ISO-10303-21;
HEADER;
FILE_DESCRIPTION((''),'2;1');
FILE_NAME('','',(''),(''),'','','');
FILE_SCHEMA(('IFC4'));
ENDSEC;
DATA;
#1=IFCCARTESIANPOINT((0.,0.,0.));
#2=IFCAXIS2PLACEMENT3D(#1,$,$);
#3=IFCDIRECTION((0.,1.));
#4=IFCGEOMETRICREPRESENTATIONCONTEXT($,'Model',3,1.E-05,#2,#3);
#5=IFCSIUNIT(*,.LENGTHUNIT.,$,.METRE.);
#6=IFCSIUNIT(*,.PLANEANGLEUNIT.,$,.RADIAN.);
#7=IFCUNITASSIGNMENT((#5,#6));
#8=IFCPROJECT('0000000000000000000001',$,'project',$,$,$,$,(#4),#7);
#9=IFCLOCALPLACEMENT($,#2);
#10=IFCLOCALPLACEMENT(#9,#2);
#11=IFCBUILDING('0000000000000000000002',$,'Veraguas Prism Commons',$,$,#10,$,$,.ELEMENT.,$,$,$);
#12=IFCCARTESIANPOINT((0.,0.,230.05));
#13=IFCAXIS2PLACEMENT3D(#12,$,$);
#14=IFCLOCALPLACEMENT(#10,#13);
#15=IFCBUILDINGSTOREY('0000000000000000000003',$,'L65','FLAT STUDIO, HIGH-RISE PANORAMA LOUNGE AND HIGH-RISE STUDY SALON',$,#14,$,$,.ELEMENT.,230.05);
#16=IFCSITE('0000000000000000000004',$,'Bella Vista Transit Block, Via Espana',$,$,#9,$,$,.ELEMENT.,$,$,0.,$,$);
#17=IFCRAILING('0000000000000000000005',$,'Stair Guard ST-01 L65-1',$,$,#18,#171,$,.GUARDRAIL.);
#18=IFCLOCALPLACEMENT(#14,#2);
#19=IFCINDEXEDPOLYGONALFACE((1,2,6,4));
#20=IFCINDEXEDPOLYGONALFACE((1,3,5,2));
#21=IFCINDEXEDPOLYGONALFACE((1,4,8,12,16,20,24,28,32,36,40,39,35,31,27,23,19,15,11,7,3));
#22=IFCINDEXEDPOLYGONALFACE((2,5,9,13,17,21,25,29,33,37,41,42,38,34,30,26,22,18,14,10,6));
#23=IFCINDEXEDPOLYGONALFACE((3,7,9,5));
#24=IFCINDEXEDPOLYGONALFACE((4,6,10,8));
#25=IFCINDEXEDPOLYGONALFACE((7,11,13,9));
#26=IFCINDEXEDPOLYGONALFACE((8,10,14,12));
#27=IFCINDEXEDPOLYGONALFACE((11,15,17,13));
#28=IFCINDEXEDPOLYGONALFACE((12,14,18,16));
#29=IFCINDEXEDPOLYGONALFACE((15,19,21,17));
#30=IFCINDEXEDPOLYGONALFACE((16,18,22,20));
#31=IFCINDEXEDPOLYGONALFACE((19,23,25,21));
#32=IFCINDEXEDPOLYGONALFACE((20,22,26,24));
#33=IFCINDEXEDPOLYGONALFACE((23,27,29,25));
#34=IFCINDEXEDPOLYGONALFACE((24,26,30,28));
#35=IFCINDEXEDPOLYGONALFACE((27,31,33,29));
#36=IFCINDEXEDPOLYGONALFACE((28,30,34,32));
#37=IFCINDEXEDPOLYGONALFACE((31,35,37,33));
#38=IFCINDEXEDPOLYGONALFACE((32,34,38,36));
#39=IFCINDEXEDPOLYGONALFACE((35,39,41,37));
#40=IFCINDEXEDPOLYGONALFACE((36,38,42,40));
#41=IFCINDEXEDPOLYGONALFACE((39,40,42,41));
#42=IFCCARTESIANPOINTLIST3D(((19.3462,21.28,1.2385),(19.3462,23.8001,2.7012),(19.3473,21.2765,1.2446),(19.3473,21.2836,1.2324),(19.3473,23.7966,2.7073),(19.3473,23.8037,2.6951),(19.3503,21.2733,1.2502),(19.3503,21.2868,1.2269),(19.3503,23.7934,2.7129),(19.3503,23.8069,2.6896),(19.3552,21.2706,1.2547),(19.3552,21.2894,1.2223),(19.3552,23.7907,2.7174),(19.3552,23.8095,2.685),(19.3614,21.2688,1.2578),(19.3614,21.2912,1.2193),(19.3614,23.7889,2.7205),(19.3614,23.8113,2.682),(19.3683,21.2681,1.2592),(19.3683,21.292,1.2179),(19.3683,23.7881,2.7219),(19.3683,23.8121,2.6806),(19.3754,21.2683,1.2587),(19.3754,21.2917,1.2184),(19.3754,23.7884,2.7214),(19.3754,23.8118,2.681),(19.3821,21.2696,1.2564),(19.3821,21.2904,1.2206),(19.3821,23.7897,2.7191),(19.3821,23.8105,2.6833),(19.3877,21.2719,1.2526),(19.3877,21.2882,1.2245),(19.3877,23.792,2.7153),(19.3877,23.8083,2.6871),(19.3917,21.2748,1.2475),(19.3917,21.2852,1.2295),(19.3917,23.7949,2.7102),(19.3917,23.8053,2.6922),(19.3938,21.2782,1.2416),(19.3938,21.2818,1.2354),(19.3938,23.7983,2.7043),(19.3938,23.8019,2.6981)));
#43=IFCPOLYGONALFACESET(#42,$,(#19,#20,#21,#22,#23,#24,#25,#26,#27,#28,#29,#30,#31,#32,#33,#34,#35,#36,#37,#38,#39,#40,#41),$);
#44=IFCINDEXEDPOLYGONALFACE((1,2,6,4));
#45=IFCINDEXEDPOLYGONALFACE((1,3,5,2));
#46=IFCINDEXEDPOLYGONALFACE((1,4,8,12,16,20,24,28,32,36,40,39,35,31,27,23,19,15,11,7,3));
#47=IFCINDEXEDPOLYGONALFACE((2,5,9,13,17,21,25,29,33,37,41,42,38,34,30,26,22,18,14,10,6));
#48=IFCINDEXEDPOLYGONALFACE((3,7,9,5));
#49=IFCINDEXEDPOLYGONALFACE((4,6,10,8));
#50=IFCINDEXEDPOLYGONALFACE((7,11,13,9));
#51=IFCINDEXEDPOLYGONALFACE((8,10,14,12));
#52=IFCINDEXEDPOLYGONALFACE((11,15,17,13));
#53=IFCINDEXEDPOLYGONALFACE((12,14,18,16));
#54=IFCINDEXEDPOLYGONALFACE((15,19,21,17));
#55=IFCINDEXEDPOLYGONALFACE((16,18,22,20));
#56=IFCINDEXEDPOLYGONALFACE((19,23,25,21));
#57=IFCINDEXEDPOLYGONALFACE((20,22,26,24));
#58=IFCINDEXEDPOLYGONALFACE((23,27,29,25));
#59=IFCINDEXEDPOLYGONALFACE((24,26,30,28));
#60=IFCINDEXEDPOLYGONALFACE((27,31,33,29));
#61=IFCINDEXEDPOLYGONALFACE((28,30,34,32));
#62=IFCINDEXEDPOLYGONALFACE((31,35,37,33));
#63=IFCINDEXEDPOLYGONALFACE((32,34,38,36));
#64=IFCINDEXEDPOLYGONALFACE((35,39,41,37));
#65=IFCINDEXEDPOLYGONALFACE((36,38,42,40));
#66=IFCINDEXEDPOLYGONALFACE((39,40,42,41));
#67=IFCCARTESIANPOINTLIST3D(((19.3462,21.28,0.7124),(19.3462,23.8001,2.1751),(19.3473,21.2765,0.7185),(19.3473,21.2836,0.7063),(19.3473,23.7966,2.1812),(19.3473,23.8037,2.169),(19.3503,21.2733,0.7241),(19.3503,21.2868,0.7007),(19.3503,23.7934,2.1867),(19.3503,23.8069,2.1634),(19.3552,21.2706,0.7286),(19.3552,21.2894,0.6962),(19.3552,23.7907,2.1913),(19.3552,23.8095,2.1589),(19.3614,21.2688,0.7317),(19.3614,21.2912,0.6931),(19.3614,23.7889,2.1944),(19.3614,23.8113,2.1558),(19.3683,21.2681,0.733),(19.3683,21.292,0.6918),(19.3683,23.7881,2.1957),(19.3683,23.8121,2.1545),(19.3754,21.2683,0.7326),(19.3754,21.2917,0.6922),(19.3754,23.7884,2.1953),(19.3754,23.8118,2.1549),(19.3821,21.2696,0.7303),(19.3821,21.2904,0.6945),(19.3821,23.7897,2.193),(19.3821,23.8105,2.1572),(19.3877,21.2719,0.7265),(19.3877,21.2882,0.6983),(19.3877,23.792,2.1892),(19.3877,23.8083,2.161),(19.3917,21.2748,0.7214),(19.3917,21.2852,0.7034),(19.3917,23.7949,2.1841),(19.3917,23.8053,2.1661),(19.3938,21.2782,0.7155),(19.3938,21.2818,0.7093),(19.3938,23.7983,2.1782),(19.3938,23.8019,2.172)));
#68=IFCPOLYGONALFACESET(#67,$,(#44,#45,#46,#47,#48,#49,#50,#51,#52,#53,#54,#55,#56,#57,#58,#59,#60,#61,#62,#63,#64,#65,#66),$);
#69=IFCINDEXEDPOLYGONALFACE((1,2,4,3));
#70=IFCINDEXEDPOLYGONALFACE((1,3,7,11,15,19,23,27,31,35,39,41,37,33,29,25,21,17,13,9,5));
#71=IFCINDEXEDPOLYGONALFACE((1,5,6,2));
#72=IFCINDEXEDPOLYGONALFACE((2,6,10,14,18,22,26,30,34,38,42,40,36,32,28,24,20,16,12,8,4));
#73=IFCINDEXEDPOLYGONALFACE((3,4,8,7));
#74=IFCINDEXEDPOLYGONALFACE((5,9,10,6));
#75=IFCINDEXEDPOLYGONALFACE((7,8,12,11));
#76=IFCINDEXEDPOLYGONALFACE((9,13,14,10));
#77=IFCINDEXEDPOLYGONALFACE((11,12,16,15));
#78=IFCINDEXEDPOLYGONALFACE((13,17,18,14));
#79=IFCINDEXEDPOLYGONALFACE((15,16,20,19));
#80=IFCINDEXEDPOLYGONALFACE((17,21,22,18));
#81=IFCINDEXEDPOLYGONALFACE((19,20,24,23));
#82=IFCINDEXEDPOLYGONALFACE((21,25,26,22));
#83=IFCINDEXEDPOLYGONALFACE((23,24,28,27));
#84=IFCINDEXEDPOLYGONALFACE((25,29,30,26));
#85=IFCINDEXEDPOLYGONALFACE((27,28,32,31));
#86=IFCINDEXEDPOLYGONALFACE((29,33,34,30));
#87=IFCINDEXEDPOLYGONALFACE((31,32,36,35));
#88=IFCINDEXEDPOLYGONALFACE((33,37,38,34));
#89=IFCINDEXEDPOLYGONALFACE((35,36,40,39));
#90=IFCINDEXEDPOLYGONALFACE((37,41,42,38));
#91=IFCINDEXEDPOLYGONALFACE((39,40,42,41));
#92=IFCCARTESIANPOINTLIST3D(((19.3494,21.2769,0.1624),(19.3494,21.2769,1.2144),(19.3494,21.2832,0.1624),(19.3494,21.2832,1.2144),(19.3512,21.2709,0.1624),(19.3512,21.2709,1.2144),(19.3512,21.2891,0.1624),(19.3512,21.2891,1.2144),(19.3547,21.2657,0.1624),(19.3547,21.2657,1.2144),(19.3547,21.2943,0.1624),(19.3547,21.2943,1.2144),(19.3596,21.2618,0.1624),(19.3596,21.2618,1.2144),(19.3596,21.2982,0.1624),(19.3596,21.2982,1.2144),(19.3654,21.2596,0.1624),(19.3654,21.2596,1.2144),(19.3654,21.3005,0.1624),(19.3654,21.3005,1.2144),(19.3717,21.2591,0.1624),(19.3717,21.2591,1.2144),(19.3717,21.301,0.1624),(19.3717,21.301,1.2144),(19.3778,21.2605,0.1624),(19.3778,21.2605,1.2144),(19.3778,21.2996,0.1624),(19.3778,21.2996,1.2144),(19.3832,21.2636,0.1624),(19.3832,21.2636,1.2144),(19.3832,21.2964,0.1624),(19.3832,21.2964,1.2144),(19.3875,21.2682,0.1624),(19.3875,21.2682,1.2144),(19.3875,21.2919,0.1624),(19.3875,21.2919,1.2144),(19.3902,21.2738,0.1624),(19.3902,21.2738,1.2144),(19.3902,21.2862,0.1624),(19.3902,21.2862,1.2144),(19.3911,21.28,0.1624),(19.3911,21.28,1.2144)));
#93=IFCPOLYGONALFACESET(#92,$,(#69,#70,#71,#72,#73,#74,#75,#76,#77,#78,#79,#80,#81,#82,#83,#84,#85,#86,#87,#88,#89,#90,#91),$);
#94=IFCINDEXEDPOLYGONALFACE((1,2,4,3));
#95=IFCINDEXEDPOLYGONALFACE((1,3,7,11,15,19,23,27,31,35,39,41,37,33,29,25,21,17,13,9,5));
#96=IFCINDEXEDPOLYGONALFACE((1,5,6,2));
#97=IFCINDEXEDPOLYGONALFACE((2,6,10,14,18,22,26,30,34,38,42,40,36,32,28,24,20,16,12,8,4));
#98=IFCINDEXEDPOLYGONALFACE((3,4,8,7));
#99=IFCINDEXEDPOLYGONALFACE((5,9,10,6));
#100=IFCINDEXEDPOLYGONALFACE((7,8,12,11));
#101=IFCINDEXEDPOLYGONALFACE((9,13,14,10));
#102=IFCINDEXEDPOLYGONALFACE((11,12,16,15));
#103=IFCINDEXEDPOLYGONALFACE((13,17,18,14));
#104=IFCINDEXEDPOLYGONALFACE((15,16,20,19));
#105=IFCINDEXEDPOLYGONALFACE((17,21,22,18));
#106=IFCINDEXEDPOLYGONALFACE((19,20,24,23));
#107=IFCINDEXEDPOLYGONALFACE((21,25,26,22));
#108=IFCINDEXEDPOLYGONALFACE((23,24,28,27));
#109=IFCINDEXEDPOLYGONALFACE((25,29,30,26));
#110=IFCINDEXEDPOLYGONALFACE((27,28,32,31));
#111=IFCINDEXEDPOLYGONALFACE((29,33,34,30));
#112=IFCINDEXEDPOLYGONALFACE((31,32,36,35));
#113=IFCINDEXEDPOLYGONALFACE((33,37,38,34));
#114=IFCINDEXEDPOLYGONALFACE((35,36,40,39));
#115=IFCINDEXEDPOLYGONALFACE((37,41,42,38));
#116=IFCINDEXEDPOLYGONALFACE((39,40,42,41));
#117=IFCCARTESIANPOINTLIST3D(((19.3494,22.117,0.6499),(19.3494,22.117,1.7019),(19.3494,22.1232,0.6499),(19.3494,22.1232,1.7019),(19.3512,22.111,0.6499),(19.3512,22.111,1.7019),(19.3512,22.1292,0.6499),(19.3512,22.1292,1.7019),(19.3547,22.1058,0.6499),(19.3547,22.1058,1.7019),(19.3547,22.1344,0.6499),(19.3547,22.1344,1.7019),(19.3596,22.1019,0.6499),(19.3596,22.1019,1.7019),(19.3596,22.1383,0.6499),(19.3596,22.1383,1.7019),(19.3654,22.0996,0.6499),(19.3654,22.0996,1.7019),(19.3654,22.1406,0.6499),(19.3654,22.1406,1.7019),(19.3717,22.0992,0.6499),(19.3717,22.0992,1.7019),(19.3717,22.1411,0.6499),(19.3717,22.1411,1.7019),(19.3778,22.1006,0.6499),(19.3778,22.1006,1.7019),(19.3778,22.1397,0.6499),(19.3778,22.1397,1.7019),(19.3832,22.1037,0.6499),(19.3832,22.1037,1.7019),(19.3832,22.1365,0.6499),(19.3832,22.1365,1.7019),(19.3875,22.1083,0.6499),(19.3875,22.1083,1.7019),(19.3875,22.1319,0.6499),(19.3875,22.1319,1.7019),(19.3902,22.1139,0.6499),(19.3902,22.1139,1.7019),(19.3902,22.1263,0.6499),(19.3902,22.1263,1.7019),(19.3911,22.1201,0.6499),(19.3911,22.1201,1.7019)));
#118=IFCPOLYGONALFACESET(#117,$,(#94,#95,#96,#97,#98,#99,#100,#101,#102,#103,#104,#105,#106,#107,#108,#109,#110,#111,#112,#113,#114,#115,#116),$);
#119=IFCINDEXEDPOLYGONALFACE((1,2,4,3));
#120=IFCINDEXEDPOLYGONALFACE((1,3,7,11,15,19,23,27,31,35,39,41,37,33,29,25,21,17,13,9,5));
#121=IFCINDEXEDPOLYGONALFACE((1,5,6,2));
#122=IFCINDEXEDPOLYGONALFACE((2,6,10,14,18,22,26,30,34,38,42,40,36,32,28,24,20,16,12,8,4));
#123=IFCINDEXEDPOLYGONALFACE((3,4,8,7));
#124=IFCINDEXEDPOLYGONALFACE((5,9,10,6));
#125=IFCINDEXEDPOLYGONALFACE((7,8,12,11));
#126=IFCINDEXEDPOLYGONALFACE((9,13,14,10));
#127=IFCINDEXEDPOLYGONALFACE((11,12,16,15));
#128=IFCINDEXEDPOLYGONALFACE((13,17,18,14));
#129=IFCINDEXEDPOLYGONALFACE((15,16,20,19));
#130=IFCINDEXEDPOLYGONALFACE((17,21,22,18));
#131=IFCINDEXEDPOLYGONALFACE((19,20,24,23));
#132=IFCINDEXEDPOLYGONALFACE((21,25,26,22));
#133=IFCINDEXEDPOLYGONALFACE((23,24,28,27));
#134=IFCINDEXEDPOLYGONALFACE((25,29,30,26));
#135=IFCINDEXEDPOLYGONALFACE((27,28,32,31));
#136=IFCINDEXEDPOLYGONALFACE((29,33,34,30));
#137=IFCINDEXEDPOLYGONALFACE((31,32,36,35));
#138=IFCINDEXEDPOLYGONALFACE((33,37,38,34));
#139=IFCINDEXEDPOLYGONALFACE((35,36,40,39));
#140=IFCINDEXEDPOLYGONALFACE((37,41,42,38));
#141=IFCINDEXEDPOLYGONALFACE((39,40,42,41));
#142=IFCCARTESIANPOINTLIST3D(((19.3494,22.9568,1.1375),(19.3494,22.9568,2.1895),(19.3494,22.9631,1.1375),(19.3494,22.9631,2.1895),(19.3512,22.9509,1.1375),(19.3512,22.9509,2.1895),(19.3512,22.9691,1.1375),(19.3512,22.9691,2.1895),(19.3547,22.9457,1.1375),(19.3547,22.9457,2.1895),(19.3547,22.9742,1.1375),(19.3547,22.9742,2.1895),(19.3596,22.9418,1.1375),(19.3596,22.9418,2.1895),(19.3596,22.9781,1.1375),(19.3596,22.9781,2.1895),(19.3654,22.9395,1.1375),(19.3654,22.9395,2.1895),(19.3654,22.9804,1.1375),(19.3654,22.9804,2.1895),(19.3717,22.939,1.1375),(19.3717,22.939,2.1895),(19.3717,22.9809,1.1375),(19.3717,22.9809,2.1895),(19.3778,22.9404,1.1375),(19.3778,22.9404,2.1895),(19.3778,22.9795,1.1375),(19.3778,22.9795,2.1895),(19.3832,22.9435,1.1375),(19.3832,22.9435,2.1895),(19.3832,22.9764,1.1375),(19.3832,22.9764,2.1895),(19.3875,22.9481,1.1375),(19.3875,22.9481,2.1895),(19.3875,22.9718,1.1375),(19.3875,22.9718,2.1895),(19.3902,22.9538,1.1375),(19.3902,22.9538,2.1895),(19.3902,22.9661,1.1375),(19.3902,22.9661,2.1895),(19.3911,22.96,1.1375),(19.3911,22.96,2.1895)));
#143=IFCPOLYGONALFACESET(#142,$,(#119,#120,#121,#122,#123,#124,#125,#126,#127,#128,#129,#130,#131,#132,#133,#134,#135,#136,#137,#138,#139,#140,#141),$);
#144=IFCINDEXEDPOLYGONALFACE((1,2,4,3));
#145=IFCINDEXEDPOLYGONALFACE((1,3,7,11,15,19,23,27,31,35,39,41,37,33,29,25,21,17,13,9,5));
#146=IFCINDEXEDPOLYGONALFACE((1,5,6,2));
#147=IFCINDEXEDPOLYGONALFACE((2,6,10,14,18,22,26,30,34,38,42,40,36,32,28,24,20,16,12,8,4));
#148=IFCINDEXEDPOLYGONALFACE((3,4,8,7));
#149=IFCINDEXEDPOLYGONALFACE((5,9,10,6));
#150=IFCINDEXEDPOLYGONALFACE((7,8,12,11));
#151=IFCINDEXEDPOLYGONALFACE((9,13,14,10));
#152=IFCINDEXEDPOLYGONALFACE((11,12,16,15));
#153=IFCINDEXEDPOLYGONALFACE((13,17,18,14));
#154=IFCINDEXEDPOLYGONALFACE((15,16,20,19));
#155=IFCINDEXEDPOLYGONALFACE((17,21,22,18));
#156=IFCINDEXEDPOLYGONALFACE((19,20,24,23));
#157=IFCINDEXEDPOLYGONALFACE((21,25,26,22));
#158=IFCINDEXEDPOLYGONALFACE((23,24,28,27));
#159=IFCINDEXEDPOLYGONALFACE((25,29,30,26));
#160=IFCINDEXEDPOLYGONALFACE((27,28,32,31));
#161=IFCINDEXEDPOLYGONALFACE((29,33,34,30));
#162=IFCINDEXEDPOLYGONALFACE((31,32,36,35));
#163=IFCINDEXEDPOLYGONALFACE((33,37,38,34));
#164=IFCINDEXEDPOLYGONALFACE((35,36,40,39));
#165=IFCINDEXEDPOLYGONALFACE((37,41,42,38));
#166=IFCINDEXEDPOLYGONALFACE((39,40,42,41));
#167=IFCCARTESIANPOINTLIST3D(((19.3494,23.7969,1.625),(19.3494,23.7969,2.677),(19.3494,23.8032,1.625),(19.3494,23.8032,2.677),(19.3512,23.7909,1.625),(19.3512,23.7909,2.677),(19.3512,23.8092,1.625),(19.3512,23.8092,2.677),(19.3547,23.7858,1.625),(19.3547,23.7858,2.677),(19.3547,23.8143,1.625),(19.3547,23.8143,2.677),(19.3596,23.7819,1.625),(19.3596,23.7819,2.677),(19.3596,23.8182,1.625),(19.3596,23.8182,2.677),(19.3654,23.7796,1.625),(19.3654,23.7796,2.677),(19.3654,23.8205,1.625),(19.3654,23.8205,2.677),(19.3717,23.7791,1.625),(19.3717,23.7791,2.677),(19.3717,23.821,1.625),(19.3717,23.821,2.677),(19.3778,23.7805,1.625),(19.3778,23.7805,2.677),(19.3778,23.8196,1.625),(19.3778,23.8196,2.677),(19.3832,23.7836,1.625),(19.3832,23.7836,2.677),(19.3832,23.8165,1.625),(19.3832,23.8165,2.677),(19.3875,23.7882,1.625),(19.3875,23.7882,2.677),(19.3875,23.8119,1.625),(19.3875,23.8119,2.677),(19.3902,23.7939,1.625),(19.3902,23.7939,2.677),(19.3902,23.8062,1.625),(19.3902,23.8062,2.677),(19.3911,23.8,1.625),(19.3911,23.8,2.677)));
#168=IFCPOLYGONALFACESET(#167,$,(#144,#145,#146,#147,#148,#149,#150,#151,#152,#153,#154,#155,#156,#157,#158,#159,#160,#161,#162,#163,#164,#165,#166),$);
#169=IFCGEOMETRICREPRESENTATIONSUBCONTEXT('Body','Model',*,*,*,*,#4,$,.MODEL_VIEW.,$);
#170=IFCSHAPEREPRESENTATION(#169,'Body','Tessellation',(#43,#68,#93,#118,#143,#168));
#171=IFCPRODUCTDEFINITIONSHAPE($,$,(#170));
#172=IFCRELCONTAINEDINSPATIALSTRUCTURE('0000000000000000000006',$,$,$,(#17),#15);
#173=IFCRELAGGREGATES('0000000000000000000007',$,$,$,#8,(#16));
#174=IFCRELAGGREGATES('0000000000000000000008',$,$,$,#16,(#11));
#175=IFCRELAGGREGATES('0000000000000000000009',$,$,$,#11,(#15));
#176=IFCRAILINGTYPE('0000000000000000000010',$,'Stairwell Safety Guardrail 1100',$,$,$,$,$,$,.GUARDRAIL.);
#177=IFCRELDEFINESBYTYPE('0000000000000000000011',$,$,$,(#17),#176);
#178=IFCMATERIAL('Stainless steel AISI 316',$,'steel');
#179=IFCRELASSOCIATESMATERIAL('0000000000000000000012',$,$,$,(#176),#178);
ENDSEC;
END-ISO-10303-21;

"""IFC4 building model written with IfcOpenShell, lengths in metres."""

from ifc_helpers import new_model, si_unit, direction, frame, origin, origin_2d, place, context, subcontext, project, spatial, circle, extrude, material, type_object, element, save


model = new_model("IFC4")

# Units and contexts
model_context = context("Model", 3, precision=1e-05, world=origin(), true_north=direction((0.0, 1.0)))
body_context = subcontext(model_context, "Body", "Model", "MODEL_VIEW")
ifc_project = project(units=[si_unit("LENGTHUNIT", "METRE"), si_unit("PLANEANGLEUNIT", "RADIAN")], contexts=[model_context])

# Site, building, storey
site_placement = place(None, origin())
site = spatial("IfcSite", under=ifc_project, at=site_placement, Name="Bella Vista Transit Block, Via Espana", CompositionType="ELEMENT", RefElevation=0.0)
building_placement = place(site_placement, origin())
building = spatial("IfcBuilding", under=site, at=building_placement, Name="Veraguas Prism Commons", CompositionType="ELEMENT")
storey_placement = place(building_placement, frame((0.0, 0.0, 230.05)))
storey = spatial("IfcBuildingStorey", under=building, at=storey_placement, Name="L65", Description="FLAT STUDIO, HIGH-RISE PANORAMA LOUNGE AND HIGH-RISE STUDY SALON", CompositionType="ELEMENT", Elevation=230.05)

# Railing
ifc_material_1 = material(Name="Stainless steel AISI 316", Category="steel")
railing_type_1 = type_object("IfcRailingType", Name="Stairwell Safety Guardrail 1100", PredefinedType="GUARDRAIL", material=ifc_material_1)
railing_1_placement = place(storey_placement, frame((19.3701, 21.28, 0.1624)))
element("IfcRailing", 1, at=railing_1_placement, inside=storey, type_object=railing_type_1, Name="Stair Guard ST-01 L65-1", PredefinedType="GUARDRAIL", context=body_context, shape_type="SweptSolid", body=[
    extrude(circle(Radius=0.0239, at=origin_2d()), frame((0.0, 0.0, 1.0762), z_axis=(0.0, 0.864877, 0.501984), x_axis=(-1.0, 0.0, 0.0)), (0.0, 0.0, 1.0), 2.9138),
    extrude(circle(Radius=0.0239, at=origin_2d()), frame((0.0, 0.0, 0.55), z_axis=(0.0, 0.864877, 0.501984), x_axis=(-1.0, 0.0, 0.0)), (0.0, 0.0, 1.0), 2.9138),
    extrude(circle(Radius=0.021, at=origin_2d()), origin(), (0.0, 0.0, 1.0), 1.052),
    extrude(circle(Radius=0.021, at=origin_2d()), frame((0.0, 0.8401, 0.4875)), (0.0, 0.0, 1.0), 1.052),
    extrude(circle(Radius=0.021, at=origin_2d()), frame((0.0, 1.6799, 0.9751)), (0.0, 0.0, 1.0), 1.052),
    extrude(circle(Radius=0.021, at=origin_2d()), frame((0.0, 2.52, 1.4626)), (0.0, 0.0, 1.0), 1.052),
])

save(model, "model.ifc")
